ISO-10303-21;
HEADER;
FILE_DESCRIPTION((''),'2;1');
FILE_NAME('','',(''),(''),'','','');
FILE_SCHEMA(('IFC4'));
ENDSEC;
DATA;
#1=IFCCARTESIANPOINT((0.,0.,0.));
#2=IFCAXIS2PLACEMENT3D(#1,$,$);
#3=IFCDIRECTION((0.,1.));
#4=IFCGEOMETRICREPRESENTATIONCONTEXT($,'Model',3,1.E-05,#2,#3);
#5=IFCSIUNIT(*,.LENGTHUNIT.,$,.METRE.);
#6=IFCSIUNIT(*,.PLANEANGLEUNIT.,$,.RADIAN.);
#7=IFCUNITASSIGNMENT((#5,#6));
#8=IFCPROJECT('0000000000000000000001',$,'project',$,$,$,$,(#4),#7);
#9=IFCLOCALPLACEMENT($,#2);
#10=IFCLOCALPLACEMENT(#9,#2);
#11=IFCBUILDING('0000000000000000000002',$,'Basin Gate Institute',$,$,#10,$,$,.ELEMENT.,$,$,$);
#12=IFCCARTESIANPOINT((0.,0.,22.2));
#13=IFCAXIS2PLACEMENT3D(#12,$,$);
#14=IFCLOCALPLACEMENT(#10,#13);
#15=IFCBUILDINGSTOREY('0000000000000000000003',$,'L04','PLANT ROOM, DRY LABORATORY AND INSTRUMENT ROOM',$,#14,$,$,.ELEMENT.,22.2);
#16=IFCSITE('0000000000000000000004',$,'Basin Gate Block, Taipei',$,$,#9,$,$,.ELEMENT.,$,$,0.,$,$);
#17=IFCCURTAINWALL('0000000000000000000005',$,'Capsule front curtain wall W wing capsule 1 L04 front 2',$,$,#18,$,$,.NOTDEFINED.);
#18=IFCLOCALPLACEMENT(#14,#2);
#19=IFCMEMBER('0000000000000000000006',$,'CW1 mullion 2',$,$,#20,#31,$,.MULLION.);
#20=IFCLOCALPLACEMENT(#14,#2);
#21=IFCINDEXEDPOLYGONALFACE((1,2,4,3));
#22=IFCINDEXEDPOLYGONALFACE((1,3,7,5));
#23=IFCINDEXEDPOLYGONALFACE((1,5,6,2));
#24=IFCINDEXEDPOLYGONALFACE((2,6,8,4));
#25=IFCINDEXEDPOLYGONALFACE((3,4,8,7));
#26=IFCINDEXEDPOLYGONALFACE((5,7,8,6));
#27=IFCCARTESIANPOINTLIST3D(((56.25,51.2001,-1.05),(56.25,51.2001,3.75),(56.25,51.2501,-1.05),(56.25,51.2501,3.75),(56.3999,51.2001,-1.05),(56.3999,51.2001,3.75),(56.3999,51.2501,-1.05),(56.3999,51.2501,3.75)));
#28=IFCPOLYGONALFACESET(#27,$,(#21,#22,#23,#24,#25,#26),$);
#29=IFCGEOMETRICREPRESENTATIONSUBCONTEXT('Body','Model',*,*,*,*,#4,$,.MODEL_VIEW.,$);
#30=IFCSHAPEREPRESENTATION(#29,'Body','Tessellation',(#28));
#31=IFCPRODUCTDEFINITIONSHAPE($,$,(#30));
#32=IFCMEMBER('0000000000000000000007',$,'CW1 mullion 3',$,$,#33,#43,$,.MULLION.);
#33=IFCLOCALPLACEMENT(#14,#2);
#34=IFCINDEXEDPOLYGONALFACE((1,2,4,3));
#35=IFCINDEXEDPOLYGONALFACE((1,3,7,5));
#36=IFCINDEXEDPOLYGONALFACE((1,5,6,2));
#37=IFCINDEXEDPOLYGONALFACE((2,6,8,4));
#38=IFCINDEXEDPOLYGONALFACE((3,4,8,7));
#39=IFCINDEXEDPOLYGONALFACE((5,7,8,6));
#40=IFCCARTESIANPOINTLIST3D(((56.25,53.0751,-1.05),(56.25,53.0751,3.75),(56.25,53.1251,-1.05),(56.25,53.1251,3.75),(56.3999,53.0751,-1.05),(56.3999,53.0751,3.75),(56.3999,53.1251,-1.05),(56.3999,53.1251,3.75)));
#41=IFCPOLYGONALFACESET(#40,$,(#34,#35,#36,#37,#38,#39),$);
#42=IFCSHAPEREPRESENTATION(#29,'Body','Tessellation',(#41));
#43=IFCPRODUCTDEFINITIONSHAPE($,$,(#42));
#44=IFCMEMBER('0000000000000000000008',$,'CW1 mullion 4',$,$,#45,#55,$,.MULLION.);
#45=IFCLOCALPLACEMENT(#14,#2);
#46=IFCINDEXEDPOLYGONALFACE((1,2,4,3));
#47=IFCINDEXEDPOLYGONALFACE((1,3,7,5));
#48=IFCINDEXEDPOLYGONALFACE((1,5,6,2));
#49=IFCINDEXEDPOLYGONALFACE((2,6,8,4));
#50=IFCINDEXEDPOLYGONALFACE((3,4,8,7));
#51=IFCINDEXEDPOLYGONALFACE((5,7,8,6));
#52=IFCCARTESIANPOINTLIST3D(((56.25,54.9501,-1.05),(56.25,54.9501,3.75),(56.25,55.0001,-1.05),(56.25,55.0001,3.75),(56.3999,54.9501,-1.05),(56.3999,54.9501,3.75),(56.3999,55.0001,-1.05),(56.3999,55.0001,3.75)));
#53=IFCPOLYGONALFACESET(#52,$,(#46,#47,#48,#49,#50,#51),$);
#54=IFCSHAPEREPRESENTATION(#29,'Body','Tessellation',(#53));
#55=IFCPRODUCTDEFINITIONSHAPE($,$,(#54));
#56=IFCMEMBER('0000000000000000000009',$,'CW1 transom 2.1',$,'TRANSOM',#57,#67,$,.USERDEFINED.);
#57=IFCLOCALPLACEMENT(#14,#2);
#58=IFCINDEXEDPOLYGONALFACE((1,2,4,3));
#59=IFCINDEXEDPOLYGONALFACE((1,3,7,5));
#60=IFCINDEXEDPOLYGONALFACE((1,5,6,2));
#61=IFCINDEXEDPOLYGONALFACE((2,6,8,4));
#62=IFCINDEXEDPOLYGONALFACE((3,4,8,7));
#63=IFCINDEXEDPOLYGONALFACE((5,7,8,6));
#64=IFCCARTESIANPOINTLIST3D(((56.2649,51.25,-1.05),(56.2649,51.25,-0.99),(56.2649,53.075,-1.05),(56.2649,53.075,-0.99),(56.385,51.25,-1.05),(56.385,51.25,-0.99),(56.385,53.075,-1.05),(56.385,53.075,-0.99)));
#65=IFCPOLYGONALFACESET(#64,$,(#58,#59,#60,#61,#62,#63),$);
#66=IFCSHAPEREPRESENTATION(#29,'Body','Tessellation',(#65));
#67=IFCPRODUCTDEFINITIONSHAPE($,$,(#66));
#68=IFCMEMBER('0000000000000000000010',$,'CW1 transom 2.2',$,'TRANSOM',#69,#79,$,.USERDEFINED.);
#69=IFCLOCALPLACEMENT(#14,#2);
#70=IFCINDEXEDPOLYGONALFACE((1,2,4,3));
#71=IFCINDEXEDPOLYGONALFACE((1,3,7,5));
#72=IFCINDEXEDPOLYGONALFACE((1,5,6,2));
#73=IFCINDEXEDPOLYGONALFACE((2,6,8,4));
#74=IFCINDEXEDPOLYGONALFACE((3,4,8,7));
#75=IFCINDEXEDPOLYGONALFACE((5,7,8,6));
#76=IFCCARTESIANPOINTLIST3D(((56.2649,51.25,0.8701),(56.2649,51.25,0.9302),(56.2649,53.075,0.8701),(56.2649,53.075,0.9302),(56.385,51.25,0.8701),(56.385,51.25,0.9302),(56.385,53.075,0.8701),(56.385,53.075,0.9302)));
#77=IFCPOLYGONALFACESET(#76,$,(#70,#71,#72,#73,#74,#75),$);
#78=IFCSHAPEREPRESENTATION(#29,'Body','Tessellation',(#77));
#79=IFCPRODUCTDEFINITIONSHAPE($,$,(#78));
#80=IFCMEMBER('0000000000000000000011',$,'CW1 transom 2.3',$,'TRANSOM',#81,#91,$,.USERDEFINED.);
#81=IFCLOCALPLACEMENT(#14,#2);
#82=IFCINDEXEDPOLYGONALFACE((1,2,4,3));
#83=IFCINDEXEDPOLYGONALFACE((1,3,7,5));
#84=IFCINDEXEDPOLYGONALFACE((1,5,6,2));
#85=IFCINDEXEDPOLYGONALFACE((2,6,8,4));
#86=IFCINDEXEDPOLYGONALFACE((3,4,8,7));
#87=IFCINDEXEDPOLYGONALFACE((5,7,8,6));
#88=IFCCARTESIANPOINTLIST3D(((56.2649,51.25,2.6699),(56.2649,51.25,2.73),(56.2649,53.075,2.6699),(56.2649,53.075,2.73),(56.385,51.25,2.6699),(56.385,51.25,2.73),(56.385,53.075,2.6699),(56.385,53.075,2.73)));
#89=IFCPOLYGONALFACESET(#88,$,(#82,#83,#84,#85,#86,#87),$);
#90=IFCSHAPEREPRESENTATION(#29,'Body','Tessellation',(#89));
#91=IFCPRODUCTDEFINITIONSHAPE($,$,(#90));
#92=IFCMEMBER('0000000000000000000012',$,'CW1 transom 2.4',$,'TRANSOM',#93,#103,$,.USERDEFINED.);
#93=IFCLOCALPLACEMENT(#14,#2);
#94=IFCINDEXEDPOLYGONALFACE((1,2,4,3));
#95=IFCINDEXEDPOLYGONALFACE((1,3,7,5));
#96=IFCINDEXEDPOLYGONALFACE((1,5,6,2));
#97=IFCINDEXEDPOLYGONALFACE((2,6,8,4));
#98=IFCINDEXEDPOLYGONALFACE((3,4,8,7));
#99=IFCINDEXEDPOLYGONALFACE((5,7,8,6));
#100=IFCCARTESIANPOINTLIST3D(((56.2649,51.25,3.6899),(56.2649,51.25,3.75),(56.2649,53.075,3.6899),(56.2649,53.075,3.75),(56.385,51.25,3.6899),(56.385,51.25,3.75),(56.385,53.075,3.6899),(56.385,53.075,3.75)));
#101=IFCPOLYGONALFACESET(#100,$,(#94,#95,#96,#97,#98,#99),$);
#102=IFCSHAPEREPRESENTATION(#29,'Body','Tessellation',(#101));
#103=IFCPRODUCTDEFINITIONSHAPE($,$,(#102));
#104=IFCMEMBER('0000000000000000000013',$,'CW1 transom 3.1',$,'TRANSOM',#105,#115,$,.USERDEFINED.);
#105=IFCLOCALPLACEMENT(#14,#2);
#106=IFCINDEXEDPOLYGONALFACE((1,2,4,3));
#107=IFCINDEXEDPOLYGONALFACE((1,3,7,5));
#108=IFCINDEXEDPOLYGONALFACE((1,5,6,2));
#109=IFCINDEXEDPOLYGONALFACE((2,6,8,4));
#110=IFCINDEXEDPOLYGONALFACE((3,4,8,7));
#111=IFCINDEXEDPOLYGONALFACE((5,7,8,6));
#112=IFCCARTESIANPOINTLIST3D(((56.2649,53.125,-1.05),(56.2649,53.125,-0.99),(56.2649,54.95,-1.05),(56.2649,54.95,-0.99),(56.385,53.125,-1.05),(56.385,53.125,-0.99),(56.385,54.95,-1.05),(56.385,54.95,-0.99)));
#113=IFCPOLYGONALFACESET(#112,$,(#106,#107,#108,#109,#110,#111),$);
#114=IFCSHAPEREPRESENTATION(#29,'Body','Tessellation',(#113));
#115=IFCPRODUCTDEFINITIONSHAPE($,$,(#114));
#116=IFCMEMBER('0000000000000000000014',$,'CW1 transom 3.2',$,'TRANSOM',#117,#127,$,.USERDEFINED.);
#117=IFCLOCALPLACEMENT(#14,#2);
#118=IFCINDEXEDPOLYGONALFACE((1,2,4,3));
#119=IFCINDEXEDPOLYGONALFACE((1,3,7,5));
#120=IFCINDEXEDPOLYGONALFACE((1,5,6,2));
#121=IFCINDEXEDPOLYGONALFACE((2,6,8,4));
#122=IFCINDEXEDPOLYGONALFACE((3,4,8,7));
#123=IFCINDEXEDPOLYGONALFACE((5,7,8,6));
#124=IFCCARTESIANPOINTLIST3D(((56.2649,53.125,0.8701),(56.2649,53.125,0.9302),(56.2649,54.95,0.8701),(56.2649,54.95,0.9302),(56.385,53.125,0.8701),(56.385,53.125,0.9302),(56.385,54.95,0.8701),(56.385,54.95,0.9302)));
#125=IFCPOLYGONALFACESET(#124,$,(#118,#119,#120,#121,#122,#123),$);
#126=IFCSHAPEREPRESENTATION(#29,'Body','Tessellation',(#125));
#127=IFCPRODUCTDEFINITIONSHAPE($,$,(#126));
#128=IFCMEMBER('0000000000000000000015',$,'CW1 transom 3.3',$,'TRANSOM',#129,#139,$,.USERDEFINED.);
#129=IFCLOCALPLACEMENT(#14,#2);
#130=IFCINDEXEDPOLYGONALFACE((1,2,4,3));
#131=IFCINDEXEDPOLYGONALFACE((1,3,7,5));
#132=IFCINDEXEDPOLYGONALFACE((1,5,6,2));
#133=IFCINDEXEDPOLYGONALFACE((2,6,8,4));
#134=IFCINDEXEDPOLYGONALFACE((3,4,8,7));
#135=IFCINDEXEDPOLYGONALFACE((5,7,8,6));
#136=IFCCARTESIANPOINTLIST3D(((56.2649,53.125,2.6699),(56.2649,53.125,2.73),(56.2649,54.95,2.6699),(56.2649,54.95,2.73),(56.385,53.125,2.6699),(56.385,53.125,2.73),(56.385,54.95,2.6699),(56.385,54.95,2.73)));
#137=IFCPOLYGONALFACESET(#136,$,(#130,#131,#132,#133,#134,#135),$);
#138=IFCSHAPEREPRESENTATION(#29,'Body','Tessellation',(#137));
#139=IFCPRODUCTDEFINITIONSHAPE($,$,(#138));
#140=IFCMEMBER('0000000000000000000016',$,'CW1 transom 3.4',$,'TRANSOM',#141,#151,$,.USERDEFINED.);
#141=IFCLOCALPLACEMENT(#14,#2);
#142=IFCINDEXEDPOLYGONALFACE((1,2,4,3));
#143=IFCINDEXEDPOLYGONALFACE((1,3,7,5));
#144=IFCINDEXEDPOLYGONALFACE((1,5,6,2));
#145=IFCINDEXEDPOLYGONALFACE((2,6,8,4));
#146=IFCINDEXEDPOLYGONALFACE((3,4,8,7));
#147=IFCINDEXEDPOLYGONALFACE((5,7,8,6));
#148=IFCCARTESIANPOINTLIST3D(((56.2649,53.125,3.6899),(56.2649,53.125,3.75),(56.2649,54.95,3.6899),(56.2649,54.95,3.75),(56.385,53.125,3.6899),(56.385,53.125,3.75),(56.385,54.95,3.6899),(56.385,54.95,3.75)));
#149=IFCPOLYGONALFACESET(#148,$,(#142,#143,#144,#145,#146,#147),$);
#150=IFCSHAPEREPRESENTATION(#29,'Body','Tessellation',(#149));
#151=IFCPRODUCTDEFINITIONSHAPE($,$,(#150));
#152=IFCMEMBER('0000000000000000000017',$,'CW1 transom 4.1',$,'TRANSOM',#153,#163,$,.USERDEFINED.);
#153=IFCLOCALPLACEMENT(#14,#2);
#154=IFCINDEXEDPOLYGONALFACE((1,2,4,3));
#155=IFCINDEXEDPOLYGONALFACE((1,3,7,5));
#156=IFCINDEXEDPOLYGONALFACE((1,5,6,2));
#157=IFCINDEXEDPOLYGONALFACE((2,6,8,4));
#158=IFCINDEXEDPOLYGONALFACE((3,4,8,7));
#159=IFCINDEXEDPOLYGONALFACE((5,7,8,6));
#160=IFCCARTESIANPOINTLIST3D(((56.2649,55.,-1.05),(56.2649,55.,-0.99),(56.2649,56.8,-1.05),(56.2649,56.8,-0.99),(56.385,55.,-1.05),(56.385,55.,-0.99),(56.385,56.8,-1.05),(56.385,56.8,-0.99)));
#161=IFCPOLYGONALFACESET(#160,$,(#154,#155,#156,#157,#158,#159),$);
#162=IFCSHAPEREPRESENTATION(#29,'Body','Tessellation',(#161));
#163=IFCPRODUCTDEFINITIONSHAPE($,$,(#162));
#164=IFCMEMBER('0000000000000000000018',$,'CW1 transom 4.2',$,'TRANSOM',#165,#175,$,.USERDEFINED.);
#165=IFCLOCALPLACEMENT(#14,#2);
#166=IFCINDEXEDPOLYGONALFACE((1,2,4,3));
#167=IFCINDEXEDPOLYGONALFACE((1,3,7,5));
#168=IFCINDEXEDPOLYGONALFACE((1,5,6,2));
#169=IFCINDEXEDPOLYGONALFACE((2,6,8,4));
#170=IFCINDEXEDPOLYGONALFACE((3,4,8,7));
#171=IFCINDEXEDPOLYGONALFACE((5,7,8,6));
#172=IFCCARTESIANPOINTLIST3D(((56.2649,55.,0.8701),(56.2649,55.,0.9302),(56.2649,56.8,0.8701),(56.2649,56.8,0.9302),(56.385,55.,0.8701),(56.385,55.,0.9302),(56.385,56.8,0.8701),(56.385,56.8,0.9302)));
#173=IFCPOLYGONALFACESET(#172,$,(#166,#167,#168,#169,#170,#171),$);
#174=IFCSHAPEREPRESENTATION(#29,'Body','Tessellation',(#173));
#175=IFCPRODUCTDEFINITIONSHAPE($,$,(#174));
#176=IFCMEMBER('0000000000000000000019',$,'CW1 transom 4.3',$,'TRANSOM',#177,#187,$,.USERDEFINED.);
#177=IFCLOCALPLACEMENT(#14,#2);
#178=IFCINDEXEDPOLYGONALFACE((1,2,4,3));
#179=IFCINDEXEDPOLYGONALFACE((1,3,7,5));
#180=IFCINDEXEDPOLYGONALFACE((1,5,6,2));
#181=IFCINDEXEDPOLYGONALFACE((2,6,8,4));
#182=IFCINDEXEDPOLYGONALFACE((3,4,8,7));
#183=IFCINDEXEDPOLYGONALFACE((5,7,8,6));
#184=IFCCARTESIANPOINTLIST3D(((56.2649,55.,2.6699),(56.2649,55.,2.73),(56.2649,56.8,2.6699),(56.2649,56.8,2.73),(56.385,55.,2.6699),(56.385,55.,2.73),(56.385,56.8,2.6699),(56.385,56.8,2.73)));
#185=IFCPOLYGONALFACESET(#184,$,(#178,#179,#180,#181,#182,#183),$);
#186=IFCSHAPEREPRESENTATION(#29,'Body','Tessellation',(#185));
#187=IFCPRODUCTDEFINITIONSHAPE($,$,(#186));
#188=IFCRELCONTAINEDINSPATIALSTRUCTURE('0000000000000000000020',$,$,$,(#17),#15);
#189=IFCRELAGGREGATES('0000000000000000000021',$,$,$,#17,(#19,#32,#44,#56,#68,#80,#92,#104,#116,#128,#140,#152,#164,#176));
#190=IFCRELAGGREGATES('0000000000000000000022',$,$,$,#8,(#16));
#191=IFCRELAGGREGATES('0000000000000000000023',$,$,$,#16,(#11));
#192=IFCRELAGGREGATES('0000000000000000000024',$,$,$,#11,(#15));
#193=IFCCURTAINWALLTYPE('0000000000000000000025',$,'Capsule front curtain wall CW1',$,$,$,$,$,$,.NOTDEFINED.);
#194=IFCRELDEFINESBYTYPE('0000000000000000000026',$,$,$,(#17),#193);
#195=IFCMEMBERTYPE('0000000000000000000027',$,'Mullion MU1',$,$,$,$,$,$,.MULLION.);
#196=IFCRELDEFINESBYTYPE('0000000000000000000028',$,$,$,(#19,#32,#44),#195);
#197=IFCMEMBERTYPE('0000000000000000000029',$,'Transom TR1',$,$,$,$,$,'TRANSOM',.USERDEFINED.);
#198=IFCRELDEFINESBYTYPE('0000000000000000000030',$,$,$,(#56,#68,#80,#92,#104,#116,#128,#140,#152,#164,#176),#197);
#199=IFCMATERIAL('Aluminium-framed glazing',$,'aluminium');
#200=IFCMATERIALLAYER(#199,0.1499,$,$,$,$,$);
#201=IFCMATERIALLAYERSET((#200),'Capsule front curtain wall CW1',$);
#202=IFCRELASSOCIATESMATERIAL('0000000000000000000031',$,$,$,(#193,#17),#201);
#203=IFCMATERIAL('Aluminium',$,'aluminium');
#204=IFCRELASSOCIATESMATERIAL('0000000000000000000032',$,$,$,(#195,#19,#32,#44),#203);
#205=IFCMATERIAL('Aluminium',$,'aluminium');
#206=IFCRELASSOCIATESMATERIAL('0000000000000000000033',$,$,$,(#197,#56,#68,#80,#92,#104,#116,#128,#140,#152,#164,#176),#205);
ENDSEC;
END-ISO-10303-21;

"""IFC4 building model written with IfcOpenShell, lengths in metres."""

from ifc_helpers import new_model, si_unit, direction, frame, origin, origin_2d, place, context, subcontext, project, spatial, rectangle, extrude, material, layer, layer_set, material_profile, profile_set, type_object, element, aggregate, save


model = new_model("IFC4")

# Units and contexts
model_context = context("Model", 3, precision=1e-05, world=origin(), true_north=direction((0.0, 1.0)))
body_context = subcontext(model_context, "Body", "Model", "MODEL_VIEW")
ifc_project = project(units=[si_unit("LENGTHUNIT", "METRE"), si_unit("PLANEANGLEUNIT", "RADIAN")], contexts=[model_context])

# Site, building, storey
site_placement = place(None, origin())
site = spatial("IfcSite", under=ifc_project, at=site_placement, Name="Basin Gate Block, Taipei", CompositionType="ELEMENT", RefElevation=0.0)
building_placement = place(site_placement, origin())
building = spatial("IfcBuilding", under=site, at=building_placement, Name="Basin Gate Institute", CompositionType="ELEMENT")
storey_placement = place(building_placement, frame((0.0, 0.0, 22.2)))
storey = spatial("IfcBuildingStorey", under=building, at=storey_placement, Name="L04", Description="PLANT ROOM, DRY LABORATORY AND INSTRUMENT ROOM", CompositionType="ELEMENT", Elevation=22.2)

# Curtain wall, members
ifc_material_1 = material(Name="Aluminium-framed glazing", Category="aluminium")
ifc_layer_1 = layer(ifc_material_1, 0.1499)
ifc_layer_set_1 = layer_set([ifc_layer_1], Name="Capsule front curtain wall CW1")
curtain_wall_type = type_object("IfcCurtainWallType", Name="Capsule front curtain wall CW1", PredefinedType="NOTDEFINED", material=ifc_layer_set_1)
curtain_wall_placement = place(storey_placement, origin())
curtain_wall = element("IfcCurtainWall", 1, at=curtain_wall_placement, inside=storey, type_object=curtain_wall_type, material=ifc_layer_set_1, Name="Capsule front curtain wall W wing capsule 1 L04 front 2", PredefinedType="NOTDEFINED")
ifc_material_2 = material(Name="Aluminium", Category="aluminium")
ifc_material_profile_1 = material_profile(ifc_material_2, rectangle(XDim=0.1499, YDim=0.05, at=origin_2d()), Name="Mullion MU1 150 x 50")
ifc_profile_set_1 = profile_set([ifc_material_profile_1], Name="Aluminium")
member_type_1 = type_object("IfcMemberType", Name="Mullion MU1", PredefinedType="MULLION", material=ifc_profile_set_1)
member_1_placement = place(storey_placement, frame((56.325, 51.2251, -1.05), z_axis=(0.0, 0.0, 1.0), x_axis=(-1.0, 0.0, 0.0)))
member_1 = element("IfcMember", 2, at=member_1_placement, type_object=member_type_1, material=ifc_profile_set_1, Name="CW1 mullion 2", PredefinedType="MULLION", context=body_context, shape_type="SweptSolid", body=[
    extrude(rectangle(XDim=0.1499, YDim=0.05, at=origin_2d()), origin(), (0.0, 0.0, 1.0), 4.8),
])
member_2_placement = place(storey_placement, frame((56.325, 53.1001, -1.05), z_axis=(0.0, 0.0, 1.0), x_axis=(-1.0, 0.0, 0.0)))
member_2 = element("IfcMember", 3, at=member_2_placement, type_object=member_type_1, material=ifc_profile_set_1, Name="CW1 mullion 3", PredefinedType="MULLION", context=body_context, shape_type="SweptSolid", body=[
    extrude(rectangle(XDim=0.1499, YDim=0.05, at=origin_2d()), origin(), (0.0, 0.0, 1.0), 4.8),
])
member_3_placement = place(storey_placement, frame((56.325, 54.9751, -1.05), z_axis=(0.0, 0.0, 1.0), x_axis=(-1.0, 0.0, 0.0)))
member_3 = element("IfcMember", 4, at=member_3_placement, type_object=member_type_1, material=ifc_profile_set_1, Name="CW1 mullion 4", PredefinedType="MULLION", context=body_context, shape_type="SweptSolid", body=[
    extrude(rectangle(XDim=0.1499, YDim=0.05, at=origin_2d()), origin(), (0.0, 0.0, 1.0), 4.8),
])
ifc_material_3 = material(Name="Aluminium", Category="aluminium")
ifc_material_profile_2 = material_profile(ifc_material_3, rectangle(XDim=0.1201, YDim=0.0601, at=origin_2d()), Name="Transom TR1 120 x 60")
ifc_profile_set_2 = profile_set([ifc_material_profile_2], Name="Aluminium")
member_type_2 = type_object("IfcMemberType", Name="Transom TR1", ElementType="TRANSOM", PredefinedType="USERDEFINED", material=ifc_profile_set_2)
member_4_placement = place(storey_placement, frame((56.325, 51.25, -1.02), z_axis=(0.0, 1.0, 0.0), x_axis=(-1.0, 0.0, 0.0)))
member_4 = element("IfcMember", 5, at=member_4_placement, type_object=member_type_2, material=ifc_profile_set_2, Name="CW1 transom 2.1", ObjectType="TRANSOM", PredefinedType="USERDEFINED", context=body_context, shape_type="SweptSolid", body=[
    extrude(rectangle(XDim=0.1201, YDim=0.0601, at=origin_2d()), origin(), (0.0, 0.0, 1.0), 1.825),
])
member_5_placement = place(storey_placement, frame((56.325, 51.25, 0.9001), z_axis=(0.0, 1.0, 0.0), x_axis=(-1.0, 0.0, 0.0)))
member_5 = element("IfcMember", 6, at=member_5_placement, type_object=member_type_2, material=ifc_profile_set_2, Name="CW1 transom 2.2", ObjectType="TRANSOM", PredefinedType="USERDEFINED", context=body_context, shape_type="SweptSolid", body=[
    extrude(rectangle(XDim=0.1201, YDim=0.0601, at=origin_2d()), origin(), (0.0, 0.0, 1.0), 1.825),
])
member_6_placement = place(storey_placement, frame((56.325, 51.25, 2.7), z_axis=(0.0, 1.0, 0.0), x_axis=(-1.0, 0.0, 0.0)))
member_6 = element("IfcMember", 7, at=member_6_placement, type_object=member_type_2, material=ifc_profile_set_2, Name="CW1 transom 2.3", ObjectType="TRANSOM", PredefinedType="USERDEFINED", context=body_context, shape_type="SweptSolid", body=[
    extrude(rectangle(XDim=0.1201, YDim=0.0601, at=origin_2d()), origin(), (0.0, 0.0, 1.0), 1.825),
])
member_7_placement = place(storey_placement, frame((56.325, 51.25, 3.72), z_axis=(0.0, 1.0, 0.0), x_axis=(-1.0, 0.0, 0.0)))
member_7 = element("IfcMember", 8, at=member_7_placement, type_object=member_type_2, material=ifc_profile_set_2, Name="CW1 transom 2.4", ObjectType="TRANSOM", PredefinedType="USERDEFINED", context=body_context, shape_type="SweptSolid", body=[
    extrude(rectangle(XDim=0.1201, YDim=0.0601, at=origin_2d()), origin(), (0.0, 0.0, 1.0), 1.825),
])
member_8_placement = place(storey_placement, frame((56.325, 53.125, -1.02), z_axis=(0.0, 1.0, 0.0), x_axis=(-1.0, 0.0, 0.0)))
member_8 = element("IfcMember", 9, at=member_8_placement, type_object=member_type_2, material=ifc_profile_set_2, Name="CW1 transom 3.1", ObjectType="TRANSOM", PredefinedType="USERDEFINED", context=body_context, shape_type="SweptSolid", body=[
    extrude(rectangle(XDim=0.1201, YDim=0.0601, at=origin_2d()), origin(), (0.0, 0.0, 1.0), 1.825),
])
member_9_placement = place(storey_placement, frame((56.325, 53.125, 0.9001), z_axis=(0.0, 1.0, 0.0), x_axis=(-1.0, 0.0, 0.0)))
member_9 = element("IfcMember", 10, at=member_9_placement, type_object=member_type_2, material=ifc_profile_set_2, Name="CW1 transom 3.2", ObjectType="TRANSOM", PredefinedType="USERDEFINED", context=body_context, shape_type="SweptSolid", body=[
    extrude(rectangle(XDim=0.1201, YDim=0.0601, at=origin_2d()), origin(), (0.0, 0.0, 1.0), 1.825),
])
member_10_placement = place(storey_placement, frame((56.325, 53.125, 2.7), z_axis=(0.0, 1.0, 0.0), x_axis=(-1.0, 0.0, 0.0)))
member_10 = element("IfcMember", 11, at=member_10_placement, type_object=member_type_2, material=ifc_profile_set_2, Name="CW1 transom 3.3", ObjectType="TRANSOM", PredefinedType="USERDEFINED", context=body_context, shape_type="SweptSolid", body=[
    extrude(rectangle(XDim=0.1201, YDim=0.0601, at=origin_2d()), origin(), (0.0, 0.0, 1.0), 1.825),
])
member_11_placement = place(storey_placement, frame((56.325, 53.125, 3.72), z_axis=(0.0, 1.0, 0.0), x_axis=(-1.0, 0.0, 0.0)))
member_11 = element("IfcMember", 12, at=member_11_placement, type_object=member_type_2, material=ifc_profile_set_2, Name="CW1 transom 3.4", ObjectType="TRANSOM", PredefinedType="USERDEFINED", context=body_context, shape_type="SweptSolid", body=[
    extrude(rectangle(XDim=0.1201, YDim=0.0601, at=origin_2d()), origin(), (0.0, 0.0, 1.0), 1.825),
])
member_12_placement = place(storey_placement, frame((56.325, 55.0, -1.02), z_axis=(0.0, 1.0, 0.0), x_axis=(-1.0, 0.0, 0.0)))
member_12 = element("IfcMember", 13, at=member_12_placement, type_object=member_type_2, material=ifc_profile_set_2, Name="CW1 transom 4.1", ObjectType="TRANSOM", PredefinedType="USERDEFINED", context=body_context, shape_type="SweptSolid", body=[
    extrude(rectangle(XDim=0.1201, YDim=0.0601, at=origin_2d()), origin(), (0.0, 0.0, 1.0), 1.8),
])
member_13_placement = place(storey_placement, frame((56.325, 55.0, 0.9001), z_axis=(0.0, 1.0, 0.0), x_axis=(-1.0, 0.0, 0.0)))
member_13 = element("IfcMember", 14, at=member_13_placement, type_object=member_type_2, material=ifc_profile_set_2, Name="CW1 transom 4.2", ObjectType="TRANSOM", PredefinedType="USERDEFINED", context=body_context, shape_type="SweptSolid", body=[
    extrude(rectangle(XDim=0.1201, YDim=0.0601, at=origin_2d()), origin(), (0.0, 0.0, 1.0), 1.8),
])
member_14_placement = place(storey_placement, frame((56.325, 55.0, 2.7), z_axis=(0.0, 1.0, 0.0), x_axis=(-1.0, 0.0, 0.0)))
member_14 = element("IfcMember", 15, at=member_14_placement, type_object=member_type_2, material=ifc_profile_set_2, Name="CW1 transom 4.3", ObjectType="TRANSOM", PredefinedType="USERDEFINED", context=body_context, shape_type="SweptSolid", body=[
    extrude(rectangle(XDim=0.1201, YDim=0.0601, at=origin_2d()), origin(), (0.0, 0.0, 1.0), 1.8),
])
aggregate(curtain_wall, [member_1, member_2, member_3, member_4, member_5, member_6, member_7, member_8, member_9, member_10, member_11, member_12, member_13, member_14])

save(model, "model.ifc")
